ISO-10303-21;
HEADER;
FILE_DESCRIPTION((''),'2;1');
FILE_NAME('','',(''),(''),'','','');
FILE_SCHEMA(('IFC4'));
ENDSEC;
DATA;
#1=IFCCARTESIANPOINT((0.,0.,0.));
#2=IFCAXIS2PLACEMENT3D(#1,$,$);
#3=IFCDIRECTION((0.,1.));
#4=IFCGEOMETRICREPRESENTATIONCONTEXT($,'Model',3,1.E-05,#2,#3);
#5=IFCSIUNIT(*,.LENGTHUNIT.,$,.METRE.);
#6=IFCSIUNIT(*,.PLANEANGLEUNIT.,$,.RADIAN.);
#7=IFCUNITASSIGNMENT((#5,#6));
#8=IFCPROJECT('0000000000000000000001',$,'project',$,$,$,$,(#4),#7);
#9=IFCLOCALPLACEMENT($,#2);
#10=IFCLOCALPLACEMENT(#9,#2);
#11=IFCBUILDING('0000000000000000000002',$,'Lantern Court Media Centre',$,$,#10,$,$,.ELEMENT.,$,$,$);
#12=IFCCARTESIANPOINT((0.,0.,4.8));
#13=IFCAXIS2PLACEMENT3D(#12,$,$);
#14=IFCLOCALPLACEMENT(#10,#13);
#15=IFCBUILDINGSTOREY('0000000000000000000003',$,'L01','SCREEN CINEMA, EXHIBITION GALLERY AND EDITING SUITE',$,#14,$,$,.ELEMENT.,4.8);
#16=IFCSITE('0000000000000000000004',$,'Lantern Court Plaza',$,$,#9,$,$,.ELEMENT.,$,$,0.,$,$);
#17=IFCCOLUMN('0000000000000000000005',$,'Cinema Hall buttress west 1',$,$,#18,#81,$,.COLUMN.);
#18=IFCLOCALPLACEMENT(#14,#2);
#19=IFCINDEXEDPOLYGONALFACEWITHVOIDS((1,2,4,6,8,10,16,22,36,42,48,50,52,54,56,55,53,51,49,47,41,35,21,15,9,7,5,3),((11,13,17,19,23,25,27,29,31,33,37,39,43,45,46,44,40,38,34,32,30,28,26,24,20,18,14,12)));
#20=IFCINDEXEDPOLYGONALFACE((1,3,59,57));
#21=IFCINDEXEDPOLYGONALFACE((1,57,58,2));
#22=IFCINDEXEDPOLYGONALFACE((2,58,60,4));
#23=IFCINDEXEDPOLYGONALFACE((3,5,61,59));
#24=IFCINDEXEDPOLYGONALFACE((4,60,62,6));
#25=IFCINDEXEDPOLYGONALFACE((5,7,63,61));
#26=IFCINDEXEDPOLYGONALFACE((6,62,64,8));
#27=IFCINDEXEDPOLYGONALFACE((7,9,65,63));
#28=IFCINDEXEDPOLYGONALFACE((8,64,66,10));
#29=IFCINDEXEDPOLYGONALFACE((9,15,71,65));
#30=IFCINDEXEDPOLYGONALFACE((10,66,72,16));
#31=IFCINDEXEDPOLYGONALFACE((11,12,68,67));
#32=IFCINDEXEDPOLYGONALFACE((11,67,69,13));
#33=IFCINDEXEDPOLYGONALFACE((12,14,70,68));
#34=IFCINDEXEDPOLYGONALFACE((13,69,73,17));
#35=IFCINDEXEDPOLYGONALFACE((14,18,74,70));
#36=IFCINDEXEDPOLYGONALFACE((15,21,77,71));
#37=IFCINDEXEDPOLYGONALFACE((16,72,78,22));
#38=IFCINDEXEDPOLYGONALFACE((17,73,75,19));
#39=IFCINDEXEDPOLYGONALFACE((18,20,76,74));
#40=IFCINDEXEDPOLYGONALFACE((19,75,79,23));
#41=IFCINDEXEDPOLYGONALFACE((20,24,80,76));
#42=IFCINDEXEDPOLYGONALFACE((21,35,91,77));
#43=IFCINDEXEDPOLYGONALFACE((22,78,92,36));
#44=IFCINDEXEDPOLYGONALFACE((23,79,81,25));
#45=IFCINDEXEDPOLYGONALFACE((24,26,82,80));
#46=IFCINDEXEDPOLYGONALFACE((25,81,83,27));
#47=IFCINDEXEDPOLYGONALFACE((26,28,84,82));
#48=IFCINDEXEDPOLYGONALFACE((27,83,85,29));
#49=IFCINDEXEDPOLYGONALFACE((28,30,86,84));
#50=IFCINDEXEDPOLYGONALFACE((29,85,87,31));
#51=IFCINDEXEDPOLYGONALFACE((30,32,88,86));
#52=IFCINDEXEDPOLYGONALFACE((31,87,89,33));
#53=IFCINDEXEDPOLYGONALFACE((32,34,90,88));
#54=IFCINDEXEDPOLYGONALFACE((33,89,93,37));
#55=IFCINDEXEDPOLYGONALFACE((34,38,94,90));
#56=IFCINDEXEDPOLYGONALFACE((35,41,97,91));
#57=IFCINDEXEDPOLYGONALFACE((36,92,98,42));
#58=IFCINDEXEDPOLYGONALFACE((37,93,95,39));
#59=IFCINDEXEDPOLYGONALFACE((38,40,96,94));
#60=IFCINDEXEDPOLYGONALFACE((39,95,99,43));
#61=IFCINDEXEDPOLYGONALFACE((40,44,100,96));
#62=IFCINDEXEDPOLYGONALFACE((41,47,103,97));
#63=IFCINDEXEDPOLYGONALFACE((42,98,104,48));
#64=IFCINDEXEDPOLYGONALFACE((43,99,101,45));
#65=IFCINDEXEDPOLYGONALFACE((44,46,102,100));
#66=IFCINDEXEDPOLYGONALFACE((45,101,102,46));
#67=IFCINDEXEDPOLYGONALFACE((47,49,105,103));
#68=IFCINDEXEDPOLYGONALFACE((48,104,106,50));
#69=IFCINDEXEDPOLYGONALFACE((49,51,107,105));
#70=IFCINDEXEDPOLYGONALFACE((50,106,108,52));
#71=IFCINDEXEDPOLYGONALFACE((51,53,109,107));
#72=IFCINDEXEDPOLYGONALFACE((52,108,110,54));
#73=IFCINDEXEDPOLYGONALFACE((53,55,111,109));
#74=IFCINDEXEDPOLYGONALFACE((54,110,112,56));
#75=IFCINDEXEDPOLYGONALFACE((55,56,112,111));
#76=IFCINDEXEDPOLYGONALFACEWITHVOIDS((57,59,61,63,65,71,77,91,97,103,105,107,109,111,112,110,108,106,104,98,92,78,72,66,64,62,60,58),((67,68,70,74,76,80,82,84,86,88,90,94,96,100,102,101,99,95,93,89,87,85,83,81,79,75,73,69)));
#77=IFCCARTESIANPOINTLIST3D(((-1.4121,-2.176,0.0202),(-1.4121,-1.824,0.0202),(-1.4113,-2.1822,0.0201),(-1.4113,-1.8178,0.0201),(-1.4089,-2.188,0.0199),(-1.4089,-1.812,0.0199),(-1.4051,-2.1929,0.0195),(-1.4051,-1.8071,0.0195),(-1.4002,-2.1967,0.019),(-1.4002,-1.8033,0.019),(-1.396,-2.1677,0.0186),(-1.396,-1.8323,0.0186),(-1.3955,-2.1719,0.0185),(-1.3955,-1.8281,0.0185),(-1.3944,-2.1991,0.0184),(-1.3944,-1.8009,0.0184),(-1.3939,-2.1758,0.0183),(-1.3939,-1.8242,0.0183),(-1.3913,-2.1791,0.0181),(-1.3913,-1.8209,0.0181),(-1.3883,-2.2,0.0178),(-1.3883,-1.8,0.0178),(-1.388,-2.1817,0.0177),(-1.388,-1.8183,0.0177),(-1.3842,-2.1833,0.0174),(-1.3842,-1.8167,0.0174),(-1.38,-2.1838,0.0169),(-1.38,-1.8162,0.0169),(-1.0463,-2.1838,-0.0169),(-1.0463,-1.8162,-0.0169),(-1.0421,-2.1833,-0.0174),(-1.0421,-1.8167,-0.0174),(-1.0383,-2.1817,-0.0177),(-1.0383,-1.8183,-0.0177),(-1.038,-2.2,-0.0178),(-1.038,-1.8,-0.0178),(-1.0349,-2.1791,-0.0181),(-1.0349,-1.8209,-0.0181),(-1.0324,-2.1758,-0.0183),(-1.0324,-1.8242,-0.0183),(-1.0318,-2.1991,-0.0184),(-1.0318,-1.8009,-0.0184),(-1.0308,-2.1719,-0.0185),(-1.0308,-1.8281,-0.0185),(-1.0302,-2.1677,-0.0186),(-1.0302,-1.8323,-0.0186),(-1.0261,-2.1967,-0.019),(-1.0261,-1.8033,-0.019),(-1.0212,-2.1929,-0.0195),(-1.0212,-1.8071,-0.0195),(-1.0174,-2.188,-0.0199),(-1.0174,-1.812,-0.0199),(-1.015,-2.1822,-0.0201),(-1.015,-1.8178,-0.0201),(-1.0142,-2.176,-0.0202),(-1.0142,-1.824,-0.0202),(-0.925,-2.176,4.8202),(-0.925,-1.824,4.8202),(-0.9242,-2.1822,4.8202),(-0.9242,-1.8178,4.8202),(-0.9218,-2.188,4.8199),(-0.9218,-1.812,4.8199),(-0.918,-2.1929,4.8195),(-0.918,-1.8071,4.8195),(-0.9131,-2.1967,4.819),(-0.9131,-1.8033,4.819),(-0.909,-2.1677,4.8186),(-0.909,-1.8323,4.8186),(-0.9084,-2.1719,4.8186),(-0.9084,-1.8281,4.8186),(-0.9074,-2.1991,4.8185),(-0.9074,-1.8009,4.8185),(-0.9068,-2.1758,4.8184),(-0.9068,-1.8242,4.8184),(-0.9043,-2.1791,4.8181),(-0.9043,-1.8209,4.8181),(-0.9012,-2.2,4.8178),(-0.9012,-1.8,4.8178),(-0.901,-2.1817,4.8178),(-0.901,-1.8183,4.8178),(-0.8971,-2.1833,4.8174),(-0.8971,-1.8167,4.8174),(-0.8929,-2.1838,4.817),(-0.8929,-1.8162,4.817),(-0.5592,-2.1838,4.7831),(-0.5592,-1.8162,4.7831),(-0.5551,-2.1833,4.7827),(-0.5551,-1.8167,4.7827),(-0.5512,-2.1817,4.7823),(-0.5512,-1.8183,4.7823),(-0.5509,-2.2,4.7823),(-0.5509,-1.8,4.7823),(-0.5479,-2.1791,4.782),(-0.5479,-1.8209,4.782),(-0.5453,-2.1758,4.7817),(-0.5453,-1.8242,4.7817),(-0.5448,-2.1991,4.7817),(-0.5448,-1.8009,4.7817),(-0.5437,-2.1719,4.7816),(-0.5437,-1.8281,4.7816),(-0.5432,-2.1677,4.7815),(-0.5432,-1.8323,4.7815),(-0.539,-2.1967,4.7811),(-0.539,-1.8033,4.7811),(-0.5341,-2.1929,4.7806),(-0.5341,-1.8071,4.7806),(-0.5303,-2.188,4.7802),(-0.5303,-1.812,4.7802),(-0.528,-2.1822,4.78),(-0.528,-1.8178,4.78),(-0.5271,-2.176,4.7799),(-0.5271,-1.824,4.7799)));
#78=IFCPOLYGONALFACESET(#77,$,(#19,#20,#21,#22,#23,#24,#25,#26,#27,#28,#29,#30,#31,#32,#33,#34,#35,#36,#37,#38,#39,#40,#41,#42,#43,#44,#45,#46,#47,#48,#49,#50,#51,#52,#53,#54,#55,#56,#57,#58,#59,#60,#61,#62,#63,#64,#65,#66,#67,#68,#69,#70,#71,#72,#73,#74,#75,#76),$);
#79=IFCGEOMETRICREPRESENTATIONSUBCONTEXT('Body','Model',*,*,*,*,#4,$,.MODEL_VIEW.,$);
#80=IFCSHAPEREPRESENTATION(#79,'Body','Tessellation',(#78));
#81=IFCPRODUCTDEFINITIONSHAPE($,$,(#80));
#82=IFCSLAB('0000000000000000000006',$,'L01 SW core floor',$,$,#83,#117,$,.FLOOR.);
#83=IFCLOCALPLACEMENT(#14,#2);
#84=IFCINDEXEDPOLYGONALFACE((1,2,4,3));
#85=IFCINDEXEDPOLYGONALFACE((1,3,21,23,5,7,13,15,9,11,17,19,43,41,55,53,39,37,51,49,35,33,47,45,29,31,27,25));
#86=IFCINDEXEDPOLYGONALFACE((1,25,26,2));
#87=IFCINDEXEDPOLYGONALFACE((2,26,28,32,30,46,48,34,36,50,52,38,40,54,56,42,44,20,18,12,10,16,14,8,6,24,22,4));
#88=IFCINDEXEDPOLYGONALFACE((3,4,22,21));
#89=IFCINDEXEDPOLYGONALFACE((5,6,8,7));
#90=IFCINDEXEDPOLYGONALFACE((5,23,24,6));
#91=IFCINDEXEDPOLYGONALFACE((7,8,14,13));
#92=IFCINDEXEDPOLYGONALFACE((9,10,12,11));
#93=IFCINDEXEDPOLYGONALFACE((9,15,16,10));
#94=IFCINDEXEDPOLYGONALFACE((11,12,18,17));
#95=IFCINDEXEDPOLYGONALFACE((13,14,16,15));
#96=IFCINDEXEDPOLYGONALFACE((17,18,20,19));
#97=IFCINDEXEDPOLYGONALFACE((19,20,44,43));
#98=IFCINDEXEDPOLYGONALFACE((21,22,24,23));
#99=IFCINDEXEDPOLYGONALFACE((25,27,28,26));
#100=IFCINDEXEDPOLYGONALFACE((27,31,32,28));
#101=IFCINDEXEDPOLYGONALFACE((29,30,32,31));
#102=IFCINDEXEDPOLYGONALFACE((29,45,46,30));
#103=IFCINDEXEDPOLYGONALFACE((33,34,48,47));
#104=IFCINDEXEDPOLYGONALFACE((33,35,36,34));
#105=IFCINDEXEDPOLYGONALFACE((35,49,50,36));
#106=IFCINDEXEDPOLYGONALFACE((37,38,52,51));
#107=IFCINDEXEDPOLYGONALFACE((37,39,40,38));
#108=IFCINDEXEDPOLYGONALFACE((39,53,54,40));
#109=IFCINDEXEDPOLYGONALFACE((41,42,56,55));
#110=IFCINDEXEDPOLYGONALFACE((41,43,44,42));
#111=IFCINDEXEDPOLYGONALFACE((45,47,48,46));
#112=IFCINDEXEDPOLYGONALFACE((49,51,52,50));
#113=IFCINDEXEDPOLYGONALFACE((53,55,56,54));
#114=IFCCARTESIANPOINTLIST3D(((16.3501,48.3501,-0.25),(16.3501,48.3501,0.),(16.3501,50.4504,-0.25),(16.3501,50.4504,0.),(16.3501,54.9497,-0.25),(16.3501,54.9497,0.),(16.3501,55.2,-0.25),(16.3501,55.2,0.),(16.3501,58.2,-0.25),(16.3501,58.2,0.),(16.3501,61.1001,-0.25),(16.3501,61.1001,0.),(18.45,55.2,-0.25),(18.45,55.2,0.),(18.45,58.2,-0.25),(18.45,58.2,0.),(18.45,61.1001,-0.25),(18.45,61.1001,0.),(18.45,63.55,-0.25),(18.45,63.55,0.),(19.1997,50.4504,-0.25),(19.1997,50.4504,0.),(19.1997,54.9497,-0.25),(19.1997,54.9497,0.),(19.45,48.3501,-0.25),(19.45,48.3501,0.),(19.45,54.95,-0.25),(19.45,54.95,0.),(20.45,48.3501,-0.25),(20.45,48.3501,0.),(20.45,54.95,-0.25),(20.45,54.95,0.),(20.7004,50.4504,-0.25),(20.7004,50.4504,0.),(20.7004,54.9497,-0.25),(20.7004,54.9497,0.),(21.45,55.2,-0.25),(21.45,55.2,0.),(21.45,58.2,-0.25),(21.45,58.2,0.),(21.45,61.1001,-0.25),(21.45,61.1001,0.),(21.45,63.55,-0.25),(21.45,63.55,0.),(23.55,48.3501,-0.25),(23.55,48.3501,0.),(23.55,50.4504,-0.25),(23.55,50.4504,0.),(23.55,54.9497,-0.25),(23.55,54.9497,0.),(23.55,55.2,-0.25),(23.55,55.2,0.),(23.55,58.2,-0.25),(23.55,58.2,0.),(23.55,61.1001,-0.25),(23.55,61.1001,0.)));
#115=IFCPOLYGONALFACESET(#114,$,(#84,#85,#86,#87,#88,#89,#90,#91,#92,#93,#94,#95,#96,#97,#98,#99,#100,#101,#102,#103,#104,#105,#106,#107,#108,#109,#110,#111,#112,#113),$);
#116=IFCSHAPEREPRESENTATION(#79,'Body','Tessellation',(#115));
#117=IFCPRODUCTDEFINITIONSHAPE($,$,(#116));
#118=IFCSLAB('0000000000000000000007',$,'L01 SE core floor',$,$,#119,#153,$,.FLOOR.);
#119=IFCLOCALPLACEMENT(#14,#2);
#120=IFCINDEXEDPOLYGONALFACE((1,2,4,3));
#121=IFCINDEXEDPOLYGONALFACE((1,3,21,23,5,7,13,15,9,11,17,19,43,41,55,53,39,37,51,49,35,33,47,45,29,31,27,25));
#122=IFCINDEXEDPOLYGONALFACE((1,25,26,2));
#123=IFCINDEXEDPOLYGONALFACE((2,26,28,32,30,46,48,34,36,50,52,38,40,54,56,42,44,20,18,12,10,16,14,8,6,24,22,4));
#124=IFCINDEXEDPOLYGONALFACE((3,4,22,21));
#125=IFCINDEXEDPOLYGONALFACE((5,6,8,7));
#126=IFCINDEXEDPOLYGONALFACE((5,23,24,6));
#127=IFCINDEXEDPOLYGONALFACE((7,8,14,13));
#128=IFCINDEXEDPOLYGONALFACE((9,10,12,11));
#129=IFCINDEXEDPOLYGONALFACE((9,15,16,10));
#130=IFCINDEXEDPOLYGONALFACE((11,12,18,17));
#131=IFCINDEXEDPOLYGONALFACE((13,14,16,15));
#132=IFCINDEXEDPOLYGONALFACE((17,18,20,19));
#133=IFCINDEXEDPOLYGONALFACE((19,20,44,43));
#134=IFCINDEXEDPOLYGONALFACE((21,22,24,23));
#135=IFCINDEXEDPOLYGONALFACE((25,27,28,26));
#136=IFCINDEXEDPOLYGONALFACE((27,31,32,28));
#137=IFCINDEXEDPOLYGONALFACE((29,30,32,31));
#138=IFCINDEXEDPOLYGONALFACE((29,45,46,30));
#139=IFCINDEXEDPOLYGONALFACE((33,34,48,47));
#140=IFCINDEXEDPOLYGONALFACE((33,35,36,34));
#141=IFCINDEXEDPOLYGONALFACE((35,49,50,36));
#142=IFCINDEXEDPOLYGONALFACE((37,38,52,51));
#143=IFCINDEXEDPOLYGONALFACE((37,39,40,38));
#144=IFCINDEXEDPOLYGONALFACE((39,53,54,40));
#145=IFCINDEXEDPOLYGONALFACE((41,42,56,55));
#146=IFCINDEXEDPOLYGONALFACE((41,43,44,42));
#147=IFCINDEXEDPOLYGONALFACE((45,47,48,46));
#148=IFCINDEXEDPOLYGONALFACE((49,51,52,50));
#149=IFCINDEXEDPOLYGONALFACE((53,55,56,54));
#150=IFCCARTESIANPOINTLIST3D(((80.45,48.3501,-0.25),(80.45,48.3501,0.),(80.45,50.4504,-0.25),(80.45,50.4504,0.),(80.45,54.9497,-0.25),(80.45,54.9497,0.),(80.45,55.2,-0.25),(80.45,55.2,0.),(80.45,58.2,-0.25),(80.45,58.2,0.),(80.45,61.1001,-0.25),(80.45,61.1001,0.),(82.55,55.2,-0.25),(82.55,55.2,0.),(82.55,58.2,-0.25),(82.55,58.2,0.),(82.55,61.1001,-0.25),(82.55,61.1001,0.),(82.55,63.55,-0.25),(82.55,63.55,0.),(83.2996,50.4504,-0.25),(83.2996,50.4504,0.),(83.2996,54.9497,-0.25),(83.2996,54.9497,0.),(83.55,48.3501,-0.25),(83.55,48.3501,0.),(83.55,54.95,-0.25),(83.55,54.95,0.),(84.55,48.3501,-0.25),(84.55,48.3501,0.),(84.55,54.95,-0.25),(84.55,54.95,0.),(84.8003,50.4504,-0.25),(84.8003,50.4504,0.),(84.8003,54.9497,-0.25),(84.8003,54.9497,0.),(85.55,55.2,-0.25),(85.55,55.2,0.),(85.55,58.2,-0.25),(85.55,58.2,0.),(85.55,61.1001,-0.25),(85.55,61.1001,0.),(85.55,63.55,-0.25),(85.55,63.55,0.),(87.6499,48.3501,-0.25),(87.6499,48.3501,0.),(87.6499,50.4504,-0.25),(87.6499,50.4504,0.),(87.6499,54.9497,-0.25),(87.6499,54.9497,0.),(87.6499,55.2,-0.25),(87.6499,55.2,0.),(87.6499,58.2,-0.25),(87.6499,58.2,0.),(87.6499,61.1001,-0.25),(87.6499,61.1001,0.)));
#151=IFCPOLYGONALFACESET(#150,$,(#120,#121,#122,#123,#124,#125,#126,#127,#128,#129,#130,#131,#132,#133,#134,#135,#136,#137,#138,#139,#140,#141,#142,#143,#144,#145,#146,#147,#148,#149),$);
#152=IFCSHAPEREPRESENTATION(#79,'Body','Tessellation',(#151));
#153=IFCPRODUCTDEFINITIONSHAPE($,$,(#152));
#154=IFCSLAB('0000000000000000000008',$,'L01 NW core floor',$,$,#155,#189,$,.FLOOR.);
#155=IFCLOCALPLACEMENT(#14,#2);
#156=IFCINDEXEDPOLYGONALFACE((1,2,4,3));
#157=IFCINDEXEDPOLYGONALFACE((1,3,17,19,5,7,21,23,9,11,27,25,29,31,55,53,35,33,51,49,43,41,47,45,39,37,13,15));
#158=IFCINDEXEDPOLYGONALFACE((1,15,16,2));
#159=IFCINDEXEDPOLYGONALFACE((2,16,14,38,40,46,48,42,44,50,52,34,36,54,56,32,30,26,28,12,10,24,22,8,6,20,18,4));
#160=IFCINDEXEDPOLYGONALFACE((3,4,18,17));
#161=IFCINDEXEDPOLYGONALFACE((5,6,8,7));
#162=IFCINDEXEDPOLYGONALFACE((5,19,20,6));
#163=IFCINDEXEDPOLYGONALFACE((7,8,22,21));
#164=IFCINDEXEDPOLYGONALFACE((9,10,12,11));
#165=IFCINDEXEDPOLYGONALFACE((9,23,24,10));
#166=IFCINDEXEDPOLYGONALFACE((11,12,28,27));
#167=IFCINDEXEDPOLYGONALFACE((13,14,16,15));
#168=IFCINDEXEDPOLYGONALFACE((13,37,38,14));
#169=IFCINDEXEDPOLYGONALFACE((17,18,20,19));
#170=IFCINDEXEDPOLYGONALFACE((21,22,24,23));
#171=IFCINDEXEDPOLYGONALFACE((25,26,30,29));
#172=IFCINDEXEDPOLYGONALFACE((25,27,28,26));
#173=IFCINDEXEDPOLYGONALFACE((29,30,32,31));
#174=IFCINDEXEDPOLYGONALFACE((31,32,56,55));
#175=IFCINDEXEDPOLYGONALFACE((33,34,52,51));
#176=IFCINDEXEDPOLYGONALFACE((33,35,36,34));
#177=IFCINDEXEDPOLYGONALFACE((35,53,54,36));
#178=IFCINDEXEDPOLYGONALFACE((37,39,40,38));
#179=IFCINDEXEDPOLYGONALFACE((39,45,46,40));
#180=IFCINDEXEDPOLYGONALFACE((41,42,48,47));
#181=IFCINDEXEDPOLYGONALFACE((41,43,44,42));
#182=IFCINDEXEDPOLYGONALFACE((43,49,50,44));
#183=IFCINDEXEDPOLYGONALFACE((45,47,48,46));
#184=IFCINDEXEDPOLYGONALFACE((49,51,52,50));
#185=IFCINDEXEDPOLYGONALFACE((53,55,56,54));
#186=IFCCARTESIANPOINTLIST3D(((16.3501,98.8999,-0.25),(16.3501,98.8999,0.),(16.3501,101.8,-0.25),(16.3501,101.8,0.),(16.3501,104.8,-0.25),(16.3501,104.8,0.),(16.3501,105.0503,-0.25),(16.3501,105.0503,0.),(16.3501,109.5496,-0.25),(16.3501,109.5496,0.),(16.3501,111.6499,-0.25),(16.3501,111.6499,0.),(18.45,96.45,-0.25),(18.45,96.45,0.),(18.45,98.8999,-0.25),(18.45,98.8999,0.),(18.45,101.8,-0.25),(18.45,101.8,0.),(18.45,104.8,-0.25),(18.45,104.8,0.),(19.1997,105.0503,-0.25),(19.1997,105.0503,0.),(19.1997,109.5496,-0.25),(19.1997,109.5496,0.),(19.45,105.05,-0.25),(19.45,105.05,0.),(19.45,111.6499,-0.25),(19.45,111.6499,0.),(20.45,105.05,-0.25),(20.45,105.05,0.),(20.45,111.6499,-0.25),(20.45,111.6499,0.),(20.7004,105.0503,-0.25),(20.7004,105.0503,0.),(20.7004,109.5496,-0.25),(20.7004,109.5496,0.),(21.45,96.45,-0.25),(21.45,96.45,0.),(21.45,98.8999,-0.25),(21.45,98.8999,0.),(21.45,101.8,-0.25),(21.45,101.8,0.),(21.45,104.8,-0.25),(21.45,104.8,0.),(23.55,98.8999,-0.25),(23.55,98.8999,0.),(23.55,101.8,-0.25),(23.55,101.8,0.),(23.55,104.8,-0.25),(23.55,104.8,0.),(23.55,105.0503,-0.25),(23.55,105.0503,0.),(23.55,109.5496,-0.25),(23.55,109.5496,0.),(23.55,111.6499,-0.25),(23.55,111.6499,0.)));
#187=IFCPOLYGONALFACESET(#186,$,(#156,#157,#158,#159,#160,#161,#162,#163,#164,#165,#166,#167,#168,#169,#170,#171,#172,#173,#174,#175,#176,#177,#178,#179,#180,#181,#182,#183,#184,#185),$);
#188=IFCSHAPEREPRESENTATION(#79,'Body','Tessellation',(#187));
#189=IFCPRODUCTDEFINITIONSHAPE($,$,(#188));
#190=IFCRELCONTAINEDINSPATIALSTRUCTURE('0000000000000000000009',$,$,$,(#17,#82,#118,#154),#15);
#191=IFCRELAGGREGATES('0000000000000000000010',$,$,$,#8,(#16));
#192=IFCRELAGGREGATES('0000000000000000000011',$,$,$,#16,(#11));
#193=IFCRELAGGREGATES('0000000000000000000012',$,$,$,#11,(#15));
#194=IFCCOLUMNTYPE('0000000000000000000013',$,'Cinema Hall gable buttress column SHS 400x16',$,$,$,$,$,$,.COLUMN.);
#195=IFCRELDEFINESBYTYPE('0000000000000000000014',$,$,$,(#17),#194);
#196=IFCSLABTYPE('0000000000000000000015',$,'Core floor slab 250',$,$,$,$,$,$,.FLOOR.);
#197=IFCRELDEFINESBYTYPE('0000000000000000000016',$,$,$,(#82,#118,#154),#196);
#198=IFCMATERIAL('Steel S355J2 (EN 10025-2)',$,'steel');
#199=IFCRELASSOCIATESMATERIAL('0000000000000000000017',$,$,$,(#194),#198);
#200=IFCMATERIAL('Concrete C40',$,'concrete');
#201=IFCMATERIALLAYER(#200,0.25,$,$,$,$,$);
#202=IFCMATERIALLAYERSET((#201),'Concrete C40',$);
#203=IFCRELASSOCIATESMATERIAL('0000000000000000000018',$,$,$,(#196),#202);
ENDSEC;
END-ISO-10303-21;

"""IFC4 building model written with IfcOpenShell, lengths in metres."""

from ifc_helpers import new_model, si_unit, direction, frame, origin, origin_2d, place, context, subcontext, project, spatial, polyline, hollow_rectangle, outline, extrude, material, layer, layer_set, material_profile, profile_set, type_object, element, save


model = new_model("IFC4")

# Units and contexts
model_context = context("Model", 3, precision=1e-05, world=origin(), true_north=direction((0.0, 1.0)))
body_context = subcontext(model_context, "Body", "Model", "MODEL_VIEW")
ifc_project = project(units=[si_unit("LENGTHUNIT", "METRE"), si_unit("PLANEANGLEUNIT", "RADIAN")], contexts=[model_context])

# Site, building, storey
site_placement = place(None, origin())
site = spatial("IfcSite", under=ifc_project, at=site_placement, Name="Lantern Court Plaza", CompositionType="ELEMENT", RefElevation=0.0)
building_placement = place(site_placement, origin())
building = spatial("IfcBuilding", under=site, at=building_placement, Name="Lantern Court Media Centre", CompositionType="ELEMENT")
storey_placement = place(building_placement, frame((0.0, 0.0, 4.8)))
storey = spatial("IfcBuildingStorey", under=building, at=storey_placement, Name="L01", Description="SCREEN CINEMA, EXHIBITION GALLERY AND EDITING SUITE", CompositionType="ELEMENT", Elevation=4.8)

# Column
ifc_material_1 = material(Name="Steel S355J2 (EN 10025-2)", Category="steel")
ifc_material_profile = material_profile(ifc_material_1, hollow_rectangle(XDim=0.3999, YDim=0.3999, WallThickness=0.0161, InnerFilletRadius=0.0161, OuterFilletRadius=0.0239, at=origin_2d()), Name="Cinema Hall gable buttress column SHS 400x16")
ifc_profile_set = profile_set([ifc_material_profile], Name="Steel S355J2 (EN 10025-2)")
column_type = type_object("IfcColumnType", Name="Cinema Hall gable buttress column SHS 400x16", PredefinedType="COLUMN", material=ifc_profile_set)
column_placement = place(storey_placement, frame((-1.2131, -2.0, 0.0), z_axis=(0.100952, 0.0, 0.994891), x_axis=(0.0, 1.0, 0.0)))
element("IfcColumn", 1, at=column_placement, inside=storey, type_object=column_type, Name="Cinema Hall buttress west 1", PredefinedType="COLUMN", context=body_context, shape_type="SweptSolid", body=[
    extrude(hollow_rectangle(XDim=0.3999, YDim=0.3999, WallThickness=0.0161, InnerFilletRadius=0.0161, OuterFilletRadius=0.0239, at=origin_2d()), origin(), (0.0, 0.0, 1.0), 4.8247),
])

# Slabs
ifc_material_2 = material(Name="Concrete C40", Category="concrete")
ifc_layer_1 = layer(ifc_material_2, 0.25)
ifc_layer_set_1 = layer_set([ifc_layer_1], Name="Concrete C40")
slab_type_1 = type_object("IfcSlabType", Name="Core floor slab 250", PredefinedType="FLOOR", material=ifc_layer_set_1)
slab_1_placement = place(storey_placement, frame((0.0, 0.0, -0.25)))
element("IfcSlab", 2, at=slab_1_placement, inside=storey, type_object=slab_type_1, Name="L01 SW core floor", PredefinedType="FLOOR", context=body_context, shape_type="SweptSolid", body=[
    extrude(outline(polyline([(16.3501, 58.2), (16.3501, 61.1001), (18.45, 61.1001), (18.45, 63.55), (21.45, 63.55), (21.45, 61.1001), (23.55, 61.1001), (23.55, 58.2), (21.45, 58.2), (21.45, 55.2), (23.55, 55.2), (23.55, 54.9497), (20.7004, 54.9497), (20.7004, 50.4504), (23.55, 50.4504), (23.55, 48.3501), (20.45, 48.3501), (20.45, 54.95), (19.45, 54.95), (19.45, 48.3501), (16.3501, 48.3501), (16.3501, 50.4504), (19.1997, 50.4504), (19.1997, 54.9497), (16.3501, 54.9497), (16.3501, 55.2), (18.45, 55.2), (18.45, 58.2), (16.3501, 58.2)])), origin(), (0.0, 0.0, 1.0), 0.25),
])
slab_2_placement = place(storey_placement, frame((0.0, 0.0, -0.25)))
element("IfcSlab", 3, at=slab_2_placement, inside=storey, type_object=slab_type_1, Name="L01 SE core floor", PredefinedType="FLOOR", context=body_context, shape_type="SweptSolid", body=[
    extrude(outline(polyline([(87.6499, 55.2), (87.6499, 54.9497), (84.8003, 54.9497), (84.8003, 50.4504), (87.6499, 50.4504), (87.6499, 48.3501), (84.55, 48.3501), (84.55, 54.95), (83.55, 54.95), (83.55, 48.3501), (80.45, 48.3501), (80.45, 50.4504), (83.2996, 50.4504), (83.2996, 54.9497), (80.45, 54.9497), (80.45, 55.2), (82.55, 55.2), (82.55, 58.2), (80.45, 58.2), (80.45, 61.1001), (82.55, 61.1001), (82.55, 63.55), (85.55, 63.55), (85.55, 61.1001), (87.6499, 61.1001), (87.6499, 58.2), (85.55, 58.2), (85.55, 55.2), (87.6499, 55.2)])), origin(), (0.0, 0.0, 1.0), 0.25),
])
slab_3_placement = place(storey_placement, frame((0.0, 0.0, -0.25)))
element("IfcSlab", 4, at=slab_3_placement, inside=storey, type_object=slab_type_1, Name="L01 NW core floor", PredefinedType="FLOOR", context=body_context, shape_type="SweptSolid", body=[
    extrude(outline(polyline([(16.3501, 104.8), (16.3501, 105.0503), (19.1997, 105.0503), (19.1997, 109.5496), (16.3501, 109.5496), (16.3501, 111.6499), (19.45, 111.6499), (19.45, 105.05), (20.45, 105.05), (20.45, 111.6499), (23.55, 111.6499), (23.55, 109.5496), (20.7004, 109.5496), (20.7004, 105.0503), (23.55, 105.0503), (23.55, 104.8), (21.45, 104.8), (21.45, 101.8), (23.55, 101.8), (23.55, 98.8999), (21.45, 98.8999), (21.45, 96.45), (18.45, 96.45), (18.45, 98.8999), (16.3501, 98.8999), (16.3501, 101.8), (18.45, 101.8), (18.45, 104.8), (16.3501, 104.8)])), origin(), (0.0, 0.0, 1.0), 0.25),
])

save(model, "model.ifc")
